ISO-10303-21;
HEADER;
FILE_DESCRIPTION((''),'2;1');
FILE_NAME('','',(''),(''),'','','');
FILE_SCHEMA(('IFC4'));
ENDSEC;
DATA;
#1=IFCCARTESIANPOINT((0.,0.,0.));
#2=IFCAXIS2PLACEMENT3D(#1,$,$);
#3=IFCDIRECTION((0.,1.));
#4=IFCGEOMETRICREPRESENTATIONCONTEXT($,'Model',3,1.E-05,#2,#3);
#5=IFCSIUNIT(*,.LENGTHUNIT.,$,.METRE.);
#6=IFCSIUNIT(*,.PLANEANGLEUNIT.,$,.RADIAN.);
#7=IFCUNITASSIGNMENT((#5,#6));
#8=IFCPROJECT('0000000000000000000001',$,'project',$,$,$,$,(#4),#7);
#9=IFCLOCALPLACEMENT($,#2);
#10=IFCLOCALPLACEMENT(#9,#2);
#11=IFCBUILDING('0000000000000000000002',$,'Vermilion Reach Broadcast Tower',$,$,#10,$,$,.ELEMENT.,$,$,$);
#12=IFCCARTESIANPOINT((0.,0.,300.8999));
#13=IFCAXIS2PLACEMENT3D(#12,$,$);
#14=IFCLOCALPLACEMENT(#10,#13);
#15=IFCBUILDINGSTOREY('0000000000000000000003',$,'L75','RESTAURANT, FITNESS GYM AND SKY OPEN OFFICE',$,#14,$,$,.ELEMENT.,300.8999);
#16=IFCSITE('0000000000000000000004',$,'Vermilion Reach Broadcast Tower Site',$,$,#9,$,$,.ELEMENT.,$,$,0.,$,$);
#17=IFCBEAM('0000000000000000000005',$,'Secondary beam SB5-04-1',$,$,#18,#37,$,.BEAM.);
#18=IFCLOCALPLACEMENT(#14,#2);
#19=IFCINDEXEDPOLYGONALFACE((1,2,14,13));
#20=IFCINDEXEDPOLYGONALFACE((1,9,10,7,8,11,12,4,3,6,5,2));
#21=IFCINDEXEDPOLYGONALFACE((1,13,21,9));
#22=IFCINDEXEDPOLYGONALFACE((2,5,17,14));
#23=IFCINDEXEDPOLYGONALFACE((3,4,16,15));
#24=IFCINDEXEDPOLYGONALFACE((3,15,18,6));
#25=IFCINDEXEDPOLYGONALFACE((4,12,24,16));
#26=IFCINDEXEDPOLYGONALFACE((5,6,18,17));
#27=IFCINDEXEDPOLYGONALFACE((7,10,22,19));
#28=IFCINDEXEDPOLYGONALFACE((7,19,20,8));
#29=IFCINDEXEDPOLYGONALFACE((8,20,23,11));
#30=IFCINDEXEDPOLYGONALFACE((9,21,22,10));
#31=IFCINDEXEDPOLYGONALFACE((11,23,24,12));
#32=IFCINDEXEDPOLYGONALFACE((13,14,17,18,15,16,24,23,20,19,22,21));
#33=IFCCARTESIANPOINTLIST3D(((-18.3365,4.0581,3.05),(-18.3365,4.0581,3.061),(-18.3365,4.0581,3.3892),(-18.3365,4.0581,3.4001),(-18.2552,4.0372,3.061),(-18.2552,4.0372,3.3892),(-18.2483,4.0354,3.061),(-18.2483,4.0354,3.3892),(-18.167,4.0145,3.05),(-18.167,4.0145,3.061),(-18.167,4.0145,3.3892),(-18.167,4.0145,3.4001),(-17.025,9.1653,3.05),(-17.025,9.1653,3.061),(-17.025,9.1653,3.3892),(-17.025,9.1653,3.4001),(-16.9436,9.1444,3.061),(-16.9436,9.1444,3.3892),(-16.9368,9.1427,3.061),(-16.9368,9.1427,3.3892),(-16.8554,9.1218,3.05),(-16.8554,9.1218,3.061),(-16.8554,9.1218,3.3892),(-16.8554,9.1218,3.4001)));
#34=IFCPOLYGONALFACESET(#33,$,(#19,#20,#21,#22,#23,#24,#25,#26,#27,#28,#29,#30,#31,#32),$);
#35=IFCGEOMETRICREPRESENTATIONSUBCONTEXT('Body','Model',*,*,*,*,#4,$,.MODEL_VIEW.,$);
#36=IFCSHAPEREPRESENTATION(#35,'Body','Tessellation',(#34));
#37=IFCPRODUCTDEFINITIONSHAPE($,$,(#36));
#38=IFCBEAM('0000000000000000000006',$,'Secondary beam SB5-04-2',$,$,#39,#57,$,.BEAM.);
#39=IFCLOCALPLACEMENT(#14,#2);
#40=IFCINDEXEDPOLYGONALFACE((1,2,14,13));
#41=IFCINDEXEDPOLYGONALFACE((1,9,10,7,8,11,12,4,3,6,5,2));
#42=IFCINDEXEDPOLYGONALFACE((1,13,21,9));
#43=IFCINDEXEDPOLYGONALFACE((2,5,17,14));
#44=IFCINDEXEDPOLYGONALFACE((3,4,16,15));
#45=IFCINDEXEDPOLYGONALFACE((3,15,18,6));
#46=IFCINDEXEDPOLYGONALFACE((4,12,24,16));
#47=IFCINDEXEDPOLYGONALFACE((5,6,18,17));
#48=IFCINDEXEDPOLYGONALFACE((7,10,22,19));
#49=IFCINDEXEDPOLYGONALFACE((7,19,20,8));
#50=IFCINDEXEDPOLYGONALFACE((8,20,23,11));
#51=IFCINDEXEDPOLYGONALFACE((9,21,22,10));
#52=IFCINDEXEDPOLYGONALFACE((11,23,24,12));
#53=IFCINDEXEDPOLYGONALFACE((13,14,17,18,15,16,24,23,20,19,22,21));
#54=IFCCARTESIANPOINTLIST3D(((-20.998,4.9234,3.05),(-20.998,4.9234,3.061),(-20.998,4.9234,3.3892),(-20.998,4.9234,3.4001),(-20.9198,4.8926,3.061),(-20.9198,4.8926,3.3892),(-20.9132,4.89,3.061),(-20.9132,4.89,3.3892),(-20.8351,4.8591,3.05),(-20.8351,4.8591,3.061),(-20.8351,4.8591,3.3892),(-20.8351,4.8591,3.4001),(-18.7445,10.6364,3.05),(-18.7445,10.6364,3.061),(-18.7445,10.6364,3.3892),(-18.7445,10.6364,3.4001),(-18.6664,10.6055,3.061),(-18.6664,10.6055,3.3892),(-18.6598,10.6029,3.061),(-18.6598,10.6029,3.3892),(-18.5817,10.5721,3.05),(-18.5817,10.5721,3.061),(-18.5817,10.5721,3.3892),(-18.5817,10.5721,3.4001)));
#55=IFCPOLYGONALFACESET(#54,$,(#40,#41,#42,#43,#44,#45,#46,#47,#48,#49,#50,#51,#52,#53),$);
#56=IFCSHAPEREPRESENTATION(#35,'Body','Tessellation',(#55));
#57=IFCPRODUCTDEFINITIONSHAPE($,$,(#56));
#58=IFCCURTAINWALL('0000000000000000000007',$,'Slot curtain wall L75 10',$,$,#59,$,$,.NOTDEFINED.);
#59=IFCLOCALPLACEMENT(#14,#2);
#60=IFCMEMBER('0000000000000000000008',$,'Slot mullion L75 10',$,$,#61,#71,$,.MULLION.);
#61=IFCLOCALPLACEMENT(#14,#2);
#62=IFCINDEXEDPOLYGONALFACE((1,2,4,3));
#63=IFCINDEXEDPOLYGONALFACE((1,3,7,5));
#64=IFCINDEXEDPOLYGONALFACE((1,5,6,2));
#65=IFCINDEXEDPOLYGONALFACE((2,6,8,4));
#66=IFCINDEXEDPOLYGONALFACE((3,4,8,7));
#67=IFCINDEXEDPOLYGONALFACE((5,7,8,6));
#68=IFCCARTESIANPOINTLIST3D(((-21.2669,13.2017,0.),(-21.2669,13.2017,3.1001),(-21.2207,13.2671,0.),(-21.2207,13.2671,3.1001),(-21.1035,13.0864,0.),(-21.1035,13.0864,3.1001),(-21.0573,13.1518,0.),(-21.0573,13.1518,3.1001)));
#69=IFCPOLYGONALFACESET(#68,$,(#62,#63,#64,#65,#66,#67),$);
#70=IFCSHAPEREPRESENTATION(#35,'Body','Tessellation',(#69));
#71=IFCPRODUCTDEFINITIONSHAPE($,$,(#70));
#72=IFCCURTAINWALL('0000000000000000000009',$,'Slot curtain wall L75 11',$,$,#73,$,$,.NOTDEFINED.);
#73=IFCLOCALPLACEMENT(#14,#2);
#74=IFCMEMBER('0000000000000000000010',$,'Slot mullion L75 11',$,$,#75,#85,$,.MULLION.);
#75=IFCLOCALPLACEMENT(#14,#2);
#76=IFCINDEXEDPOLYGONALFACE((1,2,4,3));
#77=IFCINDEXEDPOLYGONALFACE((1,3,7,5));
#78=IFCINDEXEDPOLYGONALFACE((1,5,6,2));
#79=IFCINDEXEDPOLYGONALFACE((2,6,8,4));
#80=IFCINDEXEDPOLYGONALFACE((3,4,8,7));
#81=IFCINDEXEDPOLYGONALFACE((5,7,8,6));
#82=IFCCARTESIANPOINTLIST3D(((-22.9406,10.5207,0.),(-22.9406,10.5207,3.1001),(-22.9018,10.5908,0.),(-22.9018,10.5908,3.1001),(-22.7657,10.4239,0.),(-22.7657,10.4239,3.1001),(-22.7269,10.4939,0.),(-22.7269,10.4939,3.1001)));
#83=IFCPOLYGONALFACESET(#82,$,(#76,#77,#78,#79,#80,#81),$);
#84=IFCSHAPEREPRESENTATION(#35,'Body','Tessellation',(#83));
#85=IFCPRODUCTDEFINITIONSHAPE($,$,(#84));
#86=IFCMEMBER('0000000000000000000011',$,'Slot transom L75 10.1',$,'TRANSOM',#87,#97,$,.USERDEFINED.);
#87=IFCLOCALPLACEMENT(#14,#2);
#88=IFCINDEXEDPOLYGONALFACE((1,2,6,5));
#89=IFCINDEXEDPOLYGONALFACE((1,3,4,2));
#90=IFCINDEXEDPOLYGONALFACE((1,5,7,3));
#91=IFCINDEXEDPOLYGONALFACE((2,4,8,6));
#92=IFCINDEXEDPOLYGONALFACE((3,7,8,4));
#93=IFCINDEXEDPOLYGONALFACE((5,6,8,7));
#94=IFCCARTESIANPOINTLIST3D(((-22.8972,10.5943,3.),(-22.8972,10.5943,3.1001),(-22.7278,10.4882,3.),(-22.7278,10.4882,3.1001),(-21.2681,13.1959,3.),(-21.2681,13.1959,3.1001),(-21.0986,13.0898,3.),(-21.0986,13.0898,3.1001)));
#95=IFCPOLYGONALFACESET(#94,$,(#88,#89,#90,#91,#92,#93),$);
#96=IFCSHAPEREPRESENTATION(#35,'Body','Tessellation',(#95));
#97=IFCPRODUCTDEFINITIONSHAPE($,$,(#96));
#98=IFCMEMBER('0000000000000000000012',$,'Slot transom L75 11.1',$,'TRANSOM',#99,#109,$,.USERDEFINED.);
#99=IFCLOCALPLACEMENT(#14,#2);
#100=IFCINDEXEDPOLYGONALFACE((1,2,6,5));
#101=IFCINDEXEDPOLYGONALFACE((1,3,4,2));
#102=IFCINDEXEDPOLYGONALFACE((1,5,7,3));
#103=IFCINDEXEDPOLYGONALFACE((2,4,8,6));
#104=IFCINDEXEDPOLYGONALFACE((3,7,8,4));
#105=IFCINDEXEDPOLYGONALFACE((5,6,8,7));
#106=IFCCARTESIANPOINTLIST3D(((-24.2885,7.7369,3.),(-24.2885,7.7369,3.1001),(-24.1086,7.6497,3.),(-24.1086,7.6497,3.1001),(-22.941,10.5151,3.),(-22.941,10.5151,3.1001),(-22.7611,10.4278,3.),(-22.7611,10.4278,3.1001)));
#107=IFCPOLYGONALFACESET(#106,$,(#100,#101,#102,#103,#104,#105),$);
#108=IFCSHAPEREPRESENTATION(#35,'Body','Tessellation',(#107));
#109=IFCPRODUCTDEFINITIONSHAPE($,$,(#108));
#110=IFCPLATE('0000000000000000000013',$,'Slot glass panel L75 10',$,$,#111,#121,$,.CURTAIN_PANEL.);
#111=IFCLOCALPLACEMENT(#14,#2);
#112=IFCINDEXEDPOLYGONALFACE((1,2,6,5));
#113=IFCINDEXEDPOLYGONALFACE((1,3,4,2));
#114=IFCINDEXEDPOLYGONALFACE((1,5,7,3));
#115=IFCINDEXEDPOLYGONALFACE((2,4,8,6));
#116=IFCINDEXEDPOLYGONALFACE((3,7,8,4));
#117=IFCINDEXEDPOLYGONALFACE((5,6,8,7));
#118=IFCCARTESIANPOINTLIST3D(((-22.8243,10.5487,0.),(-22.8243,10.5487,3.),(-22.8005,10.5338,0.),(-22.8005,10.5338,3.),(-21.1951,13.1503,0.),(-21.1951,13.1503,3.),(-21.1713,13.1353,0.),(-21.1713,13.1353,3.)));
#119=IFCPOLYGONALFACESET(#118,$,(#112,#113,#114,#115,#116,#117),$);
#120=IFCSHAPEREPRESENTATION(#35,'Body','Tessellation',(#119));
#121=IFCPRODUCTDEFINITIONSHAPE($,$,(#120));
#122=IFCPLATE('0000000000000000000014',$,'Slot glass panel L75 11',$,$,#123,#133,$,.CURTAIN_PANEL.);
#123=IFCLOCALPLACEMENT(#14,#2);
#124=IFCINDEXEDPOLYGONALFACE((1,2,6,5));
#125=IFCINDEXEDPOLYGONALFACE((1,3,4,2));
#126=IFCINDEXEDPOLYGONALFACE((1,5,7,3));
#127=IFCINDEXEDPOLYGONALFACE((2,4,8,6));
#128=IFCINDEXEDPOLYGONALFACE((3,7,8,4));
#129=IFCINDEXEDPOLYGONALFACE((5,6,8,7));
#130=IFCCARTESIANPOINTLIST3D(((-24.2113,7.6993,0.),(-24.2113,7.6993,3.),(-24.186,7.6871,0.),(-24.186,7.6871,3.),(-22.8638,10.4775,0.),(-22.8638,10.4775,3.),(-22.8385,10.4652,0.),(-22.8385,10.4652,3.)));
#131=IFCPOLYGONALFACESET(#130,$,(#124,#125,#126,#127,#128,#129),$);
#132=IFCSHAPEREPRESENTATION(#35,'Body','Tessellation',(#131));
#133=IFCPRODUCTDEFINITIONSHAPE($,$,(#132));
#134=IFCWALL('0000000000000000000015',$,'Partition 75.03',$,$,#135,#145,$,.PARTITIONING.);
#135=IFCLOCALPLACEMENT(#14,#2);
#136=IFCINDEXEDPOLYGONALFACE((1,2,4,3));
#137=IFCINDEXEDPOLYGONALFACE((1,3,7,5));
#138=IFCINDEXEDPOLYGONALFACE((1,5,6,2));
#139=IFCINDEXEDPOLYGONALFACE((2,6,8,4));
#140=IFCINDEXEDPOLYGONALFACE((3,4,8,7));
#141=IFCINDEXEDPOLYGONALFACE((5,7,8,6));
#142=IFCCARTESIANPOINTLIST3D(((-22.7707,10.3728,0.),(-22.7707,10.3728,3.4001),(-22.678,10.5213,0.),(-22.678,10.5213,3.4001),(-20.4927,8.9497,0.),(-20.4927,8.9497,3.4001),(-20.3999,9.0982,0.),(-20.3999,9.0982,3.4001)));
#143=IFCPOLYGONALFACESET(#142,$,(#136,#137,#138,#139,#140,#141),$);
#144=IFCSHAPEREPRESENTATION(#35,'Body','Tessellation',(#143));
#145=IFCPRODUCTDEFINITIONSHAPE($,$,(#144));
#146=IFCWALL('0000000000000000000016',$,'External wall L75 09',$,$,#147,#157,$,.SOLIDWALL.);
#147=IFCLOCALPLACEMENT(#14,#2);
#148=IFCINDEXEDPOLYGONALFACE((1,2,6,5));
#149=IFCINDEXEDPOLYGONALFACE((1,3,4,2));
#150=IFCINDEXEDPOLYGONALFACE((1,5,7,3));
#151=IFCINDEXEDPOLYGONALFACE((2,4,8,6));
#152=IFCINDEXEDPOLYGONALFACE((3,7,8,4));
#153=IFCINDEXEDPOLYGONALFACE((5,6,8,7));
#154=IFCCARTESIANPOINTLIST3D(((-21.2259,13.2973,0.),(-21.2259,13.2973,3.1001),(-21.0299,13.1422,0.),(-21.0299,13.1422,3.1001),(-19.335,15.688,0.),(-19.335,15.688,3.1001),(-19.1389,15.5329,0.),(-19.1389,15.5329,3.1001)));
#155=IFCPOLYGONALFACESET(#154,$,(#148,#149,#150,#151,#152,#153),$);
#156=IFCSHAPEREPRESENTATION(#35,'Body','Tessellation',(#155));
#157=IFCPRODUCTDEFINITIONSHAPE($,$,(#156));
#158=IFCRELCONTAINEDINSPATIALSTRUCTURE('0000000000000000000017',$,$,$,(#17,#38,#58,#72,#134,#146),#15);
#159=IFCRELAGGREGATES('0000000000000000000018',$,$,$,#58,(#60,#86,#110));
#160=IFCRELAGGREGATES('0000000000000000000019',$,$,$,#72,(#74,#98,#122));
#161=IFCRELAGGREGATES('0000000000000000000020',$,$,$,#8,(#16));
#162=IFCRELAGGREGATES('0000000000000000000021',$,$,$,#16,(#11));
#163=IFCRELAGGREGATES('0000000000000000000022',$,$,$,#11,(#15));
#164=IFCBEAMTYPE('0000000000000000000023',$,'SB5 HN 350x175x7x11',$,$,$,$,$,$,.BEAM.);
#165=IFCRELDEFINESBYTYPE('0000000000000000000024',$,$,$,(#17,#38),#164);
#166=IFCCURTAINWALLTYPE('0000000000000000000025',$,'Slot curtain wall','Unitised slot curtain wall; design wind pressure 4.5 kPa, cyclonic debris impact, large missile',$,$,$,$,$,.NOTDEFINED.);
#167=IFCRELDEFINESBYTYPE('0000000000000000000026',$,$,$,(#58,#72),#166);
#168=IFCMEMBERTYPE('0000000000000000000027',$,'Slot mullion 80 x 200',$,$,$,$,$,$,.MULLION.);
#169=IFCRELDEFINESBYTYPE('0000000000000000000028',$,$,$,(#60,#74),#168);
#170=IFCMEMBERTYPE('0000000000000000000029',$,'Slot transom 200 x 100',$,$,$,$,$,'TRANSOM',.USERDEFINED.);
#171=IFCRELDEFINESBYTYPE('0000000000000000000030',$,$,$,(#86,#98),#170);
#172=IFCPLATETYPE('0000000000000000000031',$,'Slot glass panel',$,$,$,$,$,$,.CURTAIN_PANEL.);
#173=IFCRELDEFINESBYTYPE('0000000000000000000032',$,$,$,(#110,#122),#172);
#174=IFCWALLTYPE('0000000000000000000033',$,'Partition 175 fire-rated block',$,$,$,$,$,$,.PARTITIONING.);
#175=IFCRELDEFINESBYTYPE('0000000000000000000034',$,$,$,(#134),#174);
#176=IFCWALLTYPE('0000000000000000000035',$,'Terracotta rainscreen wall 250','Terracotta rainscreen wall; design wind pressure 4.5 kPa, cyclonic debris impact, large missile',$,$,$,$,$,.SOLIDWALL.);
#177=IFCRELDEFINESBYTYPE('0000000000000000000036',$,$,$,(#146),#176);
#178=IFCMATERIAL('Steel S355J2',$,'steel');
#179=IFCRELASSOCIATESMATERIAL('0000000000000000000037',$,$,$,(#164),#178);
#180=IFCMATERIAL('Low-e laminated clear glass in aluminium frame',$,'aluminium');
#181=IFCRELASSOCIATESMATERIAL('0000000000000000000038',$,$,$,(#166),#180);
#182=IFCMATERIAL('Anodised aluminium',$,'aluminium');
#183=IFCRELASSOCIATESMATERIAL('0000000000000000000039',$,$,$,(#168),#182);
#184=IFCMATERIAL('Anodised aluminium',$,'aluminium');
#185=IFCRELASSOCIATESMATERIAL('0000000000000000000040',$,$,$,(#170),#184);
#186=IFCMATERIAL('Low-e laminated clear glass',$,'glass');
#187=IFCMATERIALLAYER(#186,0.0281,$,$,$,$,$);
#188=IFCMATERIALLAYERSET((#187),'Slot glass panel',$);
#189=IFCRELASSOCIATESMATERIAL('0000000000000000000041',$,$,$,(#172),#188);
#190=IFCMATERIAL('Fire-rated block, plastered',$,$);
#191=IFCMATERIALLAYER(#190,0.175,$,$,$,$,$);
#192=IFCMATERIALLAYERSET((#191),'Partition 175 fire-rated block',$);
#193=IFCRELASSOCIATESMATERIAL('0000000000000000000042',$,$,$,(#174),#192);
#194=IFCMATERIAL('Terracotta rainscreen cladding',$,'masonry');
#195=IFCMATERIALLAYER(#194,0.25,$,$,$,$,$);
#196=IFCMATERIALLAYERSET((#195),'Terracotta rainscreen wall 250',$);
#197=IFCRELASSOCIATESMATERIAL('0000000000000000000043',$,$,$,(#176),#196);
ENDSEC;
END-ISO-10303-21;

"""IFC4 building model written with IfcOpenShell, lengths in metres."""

from ifc_helpers import new_model, si_unit, direction, frame, frame_2d, origin, origin_2d, place, context, subcontext, project, spatial, rectangle, i_section, extrude, material, layer, layer_set, material_profile, profile_set, type_object, element, aggregate, save


model = new_model("IFC4")

# Units and contexts
model_context = context("Model", 3, precision=1e-05, world=origin(), true_north=direction((0.0, 1.0)))
body_context = subcontext(model_context, "Body", "Model", "MODEL_VIEW")
ifc_project = project(units=[si_unit("LENGTHUNIT", "METRE"), si_unit("PLANEANGLEUNIT", "RADIAN")], contexts=[model_context])

# Site, building, storey
site_placement = place(None, origin())
site = spatial("IfcSite", under=ifc_project, at=site_placement, Name="Vermilion Reach Broadcast Tower Site", CompositionType="ELEMENT", RefElevation=0.0)
building_placement = place(site_placement, origin())
building = spatial("IfcBuilding", under=site, at=building_placement, Name="Vermilion Reach Broadcast Tower", CompositionType="ELEMENT")
storey_placement = place(building_placement, frame((0.0, 0.0, 300.8999)))
storey = spatial("IfcBuildingStorey", under=building, at=storey_placement, Name="L75", Description="RESTAURANT, FITNESS GYM AND SKY OPEN OFFICE", CompositionType="ELEMENT", Elevation=300.8999)

# Beams
ifc_material_1 = material(Name="Steel S355J2", Category="steel")
ifc_material_profile_1 = material_profile(ifc_material_1, i_section(OverallWidth=0.175, OverallDepth=0.3501, WebThickness=0.0071, FlangeThickness=0.011, at=origin_2d()), Name="S355J2 HN 350x175x7x11")
ifc_profile_set_1 = profile_set([ifc_material_profile_1], Name="Steel S355J2")
beam_type_1 = type_object("IfcBeamType", Name="SB5 HN 350x175x7x11", PredefinedType="BEAM", material=ifc_profile_set_1)
beam_1_placement = place(storey_placement, frame((-16.9402, 9.1436, 3.2251), z_axis=(-0.24873, -0.968573, 0.0), x_axis=(0.968573, -0.24873, 0.0)))
element("IfcBeam", 1, at=beam_1_placement, inside=storey, type_object=beam_type_1, Name="Secondary beam SB5-04-1", PredefinedType="BEAM", context=body_context, shape_type="SweptSolid", body=[
    extrude(i_section(OverallWidth=0.175, OverallDepth=0.3501, WebThickness=0.0071, FlangeThickness=0.011, at=origin_2d()), origin(), (0.0, 0.0, 1.0), 5.2729),
])
beam_2_placement = place(storey_placement, frame((-18.6631, 10.6042, 3.2251), z_axis=(-0.366931, -0.930248, 0.0), x_axis=(0.930248, -0.366931, 0.0)))
element("IfcBeam", 2, at=beam_2_placement, inside=storey, type_object=beam_type_1, Name="Secondary beam SB5-04-2", PredefinedType="BEAM", context=body_context, shape_type="SweptSolid", body=[
    extrude(i_section(OverallWidth=0.175, OverallDepth=0.3501, WebThickness=0.0071, FlangeThickness=0.011, at=origin_2d()), origin(), (0.0, 0.0, 1.0), 6.1414),
])

# Curtain walls, members
ifc_material_2 = material(Name="Low-e laminated clear glass in aluminium frame", Category="aluminium")
curtain_wall_type = type_object("IfcCurtainWallType", Name="Slot curtain wall", Description="Unitised slot curtain wall; design wind pressure 4.5 kPa, cyclonic debris impact, large missile", PredefinedType="NOTDEFINED", material=ifc_material_2)
placement = place(storey_placement, origin())
curtain_wall_1 = element("IfcCurtainWall", 3, at=placement, inside=storey, type_object=curtain_wall_type, Name="Slot curtain wall L75 10", PredefinedType="NOTDEFINED")
ifc_material_3 = material(Name="Anodised aluminium", Category="aluminium")
ifc_material_profile_2 = material_profile(ifc_material_3, rectangle(XDim=0.2, YDim=0.0801, at=origin_2d()), Name="Slot mullion 80 x 200")
ifc_profile_set_2 = profile_set([ifc_material_profile_2], Name="Anodised aluminium")
member_type_1 = type_object("IfcMemberType", Name="Slot mullion 80 x 200", PredefinedType="MULLION", material=ifc_profile_set_2)
member_1_placement = place(storey_placement, frame((-21.1621, 13.1768, 0.0), z_axis=(0.0, 0.0, 1.0), x_axis=(0.817135, -0.576446, 0.0)))
member_1 = element("IfcMember", 4, at=member_1_placement, type_object=member_type_1, Name="Slot mullion L75 10", PredefinedType="MULLION", context=body_context, shape_type="SweptSolid", body=[
    extrude(rectangle(XDim=0.2, YDim=0.0801, at=origin_2d()), origin(), (0.0, 0.0, 1.0), 3.1001),
])
curtain_wall_2 = element("IfcCurtainWall", 5, at=placement, inside=storey, type_object=curtain_wall_type, Name="Slot curtain wall L75 11", PredefinedType="NOTDEFINED")
member_2_placement = place(storey_placement, frame((-22.8337, 10.5073, 0.0), z_axis=(0.0, 0.0, 1.0), x_axis=(0.874908, -0.484289, 0.0)))
member_2 = element("IfcMember", 6, at=member_2_placement, type_object=member_type_1, Name="Slot mullion L75 11", PredefinedType="MULLION", context=body_context, shape_type="SweptSolid", body=[
    extrude(rectangle(XDim=0.2, YDim=0.0801, at=origin_2d()), origin(), (0.0, 0.0, 1.0), 3.1001),
])

# Members
ifc_material_4 = material(Name="Anodised aluminium", Category="aluminium")
ifc_material_profile_3 = material_profile(ifc_material_4, rectangle(XDim=0.2, YDim=0.1001, at=origin_2d()), Name="Slot transom 200 x 100")
ifc_profile_set_3 = profile_set([ifc_material_profile_3], Name="Anodised aluminium")
member_type_2 = type_object("IfcMemberType", Name="Slot transom 200 x 100", ElementType="TRANSOM", PredefinedType="USERDEFINED", material=ifc_profile_set_3)
member_3_placement = place(storey_placement, frame((-21.1833, 13.1428, 3.05), z_axis=(-0.530742, -0.847533, 0.0), x_axis=(0.847533, -0.530742, 0.0)))
member_3 = element("IfcMember", 7, at=member_3_placement, type_object=member_type_2, Name="Slot transom L75 10.1", ObjectType="TRANSOM", PredefinedType="USERDEFINED", context=body_context, shape_type="SweptSolid", body=[
    extrude(rectangle(XDim=0.2, YDim=0.1001, at=origin_2d()), origin(), (0.0, 0.0, 1.0), 3.0696),
])
member_4_placement = place(storey_placement, frame((-22.8511, 10.4714, 3.05), z_axis=(-0.436396, -0.899755, 0.0), x_axis=(0.899755, -0.436396, 0.0)))
member_4 = element("IfcMember", 8, at=member_4_placement, type_object=member_type_2, Name="Slot transom L75 11.1", ObjectType="TRANSOM", PredefinedType="USERDEFINED", context=body_context, shape_type="SweptSolid", body=[
    extrude(rectangle(XDim=0.2, YDim=0.1001, at=origin_2d()), origin(), (0.0, 0.0, 1.0), 3.0876),
])

# Plates
ifc_material_5 = material(Name="Low-e laminated clear glass", Category="glass")
ifc_layer_1 = layer(ifc_material_5, 0.0281)
ifc_layer_set_1 = layer_set([ifc_layer_1], Name="Slot glass panel")
plate_type = type_object("IfcPlateType", Name="Slot glass panel", PredefinedType="CURTAIN_PANEL", material=ifc_layer_set_1)
plate_1_placement = place(storey_placement, frame((-21.9978, 11.842, 0.0), z_axis=(0.0, 0.0, 1.0), x_axis=(-0.530771, -0.847516, 0.0)))
plate_1 = element("IfcPlate", 9, at=plate_1_placement, type_object=plate_type, Name="Slot glass panel L75 10", PredefinedType="CURTAIN_PANEL", context=body_context, shape_type="SweptSolid", body=[
    extrude(rectangle(XDim=3.0696, YDim=0.0281, at=origin_2d()), origin(), (0.0, 0.0, 1.0), 3.0),
])
aggregate(curtain_wall_1, [member_1, member_3, plate_1])
plate_2_placement = place(storey_placement, frame((-23.5249, 9.0823, 0.0), z_axis=(0.0, 0.0, 1.0), x_axis=(-0.436399, -0.899753, 0.0)))
plate_2 = element("IfcPlate", 10, at=plate_2_placement, type_object=plate_type, Name="Slot glass panel L75 11", PredefinedType="CURTAIN_PANEL", context=body_context, shape_type="SweptSolid", body=[
    extrude(rectangle(XDim=3.0876, YDim=0.0281, at=origin_2d()), origin(), (0.0, 0.0, 1.0), 3.0),
])
aggregate(curtain_wall_2, [member_2, member_4, plate_2])

# Wall
ifc_material_6 = material(Name="Fire-rated block, plastered")
ifc_layer_2 = layer(ifc_material_6, 0.175)
ifc_layer_set_2 = layer_set([ifc_layer_2], Name="Partition 175 fire-rated block")
wall_type_1 = type_object("IfcWallType", Name="Partition 175 fire-rated block", PredefinedType="PARTITIONING", material=ifc_layer_set_2)
wall_1_placement = place(storey_placement, frame((-22.7244, 10.447, 0.0), z_axis=(0.0, 0.0, 1.0), x_axis=(0.848116, -0.529811, 0.0)))
element("IfcWall", 11, at=wall_1_placement, inside=storey, type_object=wall_type_1, Name="Partition 75.03", PredefinedType="PARTITIONING", context=body_context, shape_type="SweptSolid", body=[
    extrude(rectangle(XDim=2.686, YDim=0.175, at=frame_2d((1.343, 0.0))), origin(), (0.0, 0.0, 1.0), 3.4001),
])

# Shared definitions
ifc_material_7 = material(Name="Terracotta rainscreen cladding", Category="masonry")
ifc_layer_3 = layer(ifc_material_7, 0.25)
ifc_layer_set_3 = layer_set([ifc_layer_3], Name="Terracotta rainscreen wall 250")
wall_type_2 = type_object("IfcWallType", Name="Terracotta rainscreen wall 250", Description="Terracotta rainscreen wall; design wind pressure 4.5 kPa, cyclonic debris impact, large missile", PredefinedType="SOLIDWALL", material=ifc_layer_set_3)

# Wall
wall_2_placement = place(storey_placement, frame((-19.2371, 15.6104, 0.0), z_axis=(0.0, 0.0, 1.0), x_axis=(-0.620358, -0.784319, 0.0)))
element("IfcWall", 12, at=wall_2_placement, inside=storey, type_object=wall_type_2, Name="External wall L75 09", PredefinedType="SOLIDWALL", context=body_context, shape_type="SweptSolid", body=[
    extrude(rectangle(XDim=3.0481, YDim=0.25, at=frame_2d((1.5239, 0.0))), origin(), (0.0, 0.0, 1.0), 3.1001),
])

save(model, "model.ifc")
